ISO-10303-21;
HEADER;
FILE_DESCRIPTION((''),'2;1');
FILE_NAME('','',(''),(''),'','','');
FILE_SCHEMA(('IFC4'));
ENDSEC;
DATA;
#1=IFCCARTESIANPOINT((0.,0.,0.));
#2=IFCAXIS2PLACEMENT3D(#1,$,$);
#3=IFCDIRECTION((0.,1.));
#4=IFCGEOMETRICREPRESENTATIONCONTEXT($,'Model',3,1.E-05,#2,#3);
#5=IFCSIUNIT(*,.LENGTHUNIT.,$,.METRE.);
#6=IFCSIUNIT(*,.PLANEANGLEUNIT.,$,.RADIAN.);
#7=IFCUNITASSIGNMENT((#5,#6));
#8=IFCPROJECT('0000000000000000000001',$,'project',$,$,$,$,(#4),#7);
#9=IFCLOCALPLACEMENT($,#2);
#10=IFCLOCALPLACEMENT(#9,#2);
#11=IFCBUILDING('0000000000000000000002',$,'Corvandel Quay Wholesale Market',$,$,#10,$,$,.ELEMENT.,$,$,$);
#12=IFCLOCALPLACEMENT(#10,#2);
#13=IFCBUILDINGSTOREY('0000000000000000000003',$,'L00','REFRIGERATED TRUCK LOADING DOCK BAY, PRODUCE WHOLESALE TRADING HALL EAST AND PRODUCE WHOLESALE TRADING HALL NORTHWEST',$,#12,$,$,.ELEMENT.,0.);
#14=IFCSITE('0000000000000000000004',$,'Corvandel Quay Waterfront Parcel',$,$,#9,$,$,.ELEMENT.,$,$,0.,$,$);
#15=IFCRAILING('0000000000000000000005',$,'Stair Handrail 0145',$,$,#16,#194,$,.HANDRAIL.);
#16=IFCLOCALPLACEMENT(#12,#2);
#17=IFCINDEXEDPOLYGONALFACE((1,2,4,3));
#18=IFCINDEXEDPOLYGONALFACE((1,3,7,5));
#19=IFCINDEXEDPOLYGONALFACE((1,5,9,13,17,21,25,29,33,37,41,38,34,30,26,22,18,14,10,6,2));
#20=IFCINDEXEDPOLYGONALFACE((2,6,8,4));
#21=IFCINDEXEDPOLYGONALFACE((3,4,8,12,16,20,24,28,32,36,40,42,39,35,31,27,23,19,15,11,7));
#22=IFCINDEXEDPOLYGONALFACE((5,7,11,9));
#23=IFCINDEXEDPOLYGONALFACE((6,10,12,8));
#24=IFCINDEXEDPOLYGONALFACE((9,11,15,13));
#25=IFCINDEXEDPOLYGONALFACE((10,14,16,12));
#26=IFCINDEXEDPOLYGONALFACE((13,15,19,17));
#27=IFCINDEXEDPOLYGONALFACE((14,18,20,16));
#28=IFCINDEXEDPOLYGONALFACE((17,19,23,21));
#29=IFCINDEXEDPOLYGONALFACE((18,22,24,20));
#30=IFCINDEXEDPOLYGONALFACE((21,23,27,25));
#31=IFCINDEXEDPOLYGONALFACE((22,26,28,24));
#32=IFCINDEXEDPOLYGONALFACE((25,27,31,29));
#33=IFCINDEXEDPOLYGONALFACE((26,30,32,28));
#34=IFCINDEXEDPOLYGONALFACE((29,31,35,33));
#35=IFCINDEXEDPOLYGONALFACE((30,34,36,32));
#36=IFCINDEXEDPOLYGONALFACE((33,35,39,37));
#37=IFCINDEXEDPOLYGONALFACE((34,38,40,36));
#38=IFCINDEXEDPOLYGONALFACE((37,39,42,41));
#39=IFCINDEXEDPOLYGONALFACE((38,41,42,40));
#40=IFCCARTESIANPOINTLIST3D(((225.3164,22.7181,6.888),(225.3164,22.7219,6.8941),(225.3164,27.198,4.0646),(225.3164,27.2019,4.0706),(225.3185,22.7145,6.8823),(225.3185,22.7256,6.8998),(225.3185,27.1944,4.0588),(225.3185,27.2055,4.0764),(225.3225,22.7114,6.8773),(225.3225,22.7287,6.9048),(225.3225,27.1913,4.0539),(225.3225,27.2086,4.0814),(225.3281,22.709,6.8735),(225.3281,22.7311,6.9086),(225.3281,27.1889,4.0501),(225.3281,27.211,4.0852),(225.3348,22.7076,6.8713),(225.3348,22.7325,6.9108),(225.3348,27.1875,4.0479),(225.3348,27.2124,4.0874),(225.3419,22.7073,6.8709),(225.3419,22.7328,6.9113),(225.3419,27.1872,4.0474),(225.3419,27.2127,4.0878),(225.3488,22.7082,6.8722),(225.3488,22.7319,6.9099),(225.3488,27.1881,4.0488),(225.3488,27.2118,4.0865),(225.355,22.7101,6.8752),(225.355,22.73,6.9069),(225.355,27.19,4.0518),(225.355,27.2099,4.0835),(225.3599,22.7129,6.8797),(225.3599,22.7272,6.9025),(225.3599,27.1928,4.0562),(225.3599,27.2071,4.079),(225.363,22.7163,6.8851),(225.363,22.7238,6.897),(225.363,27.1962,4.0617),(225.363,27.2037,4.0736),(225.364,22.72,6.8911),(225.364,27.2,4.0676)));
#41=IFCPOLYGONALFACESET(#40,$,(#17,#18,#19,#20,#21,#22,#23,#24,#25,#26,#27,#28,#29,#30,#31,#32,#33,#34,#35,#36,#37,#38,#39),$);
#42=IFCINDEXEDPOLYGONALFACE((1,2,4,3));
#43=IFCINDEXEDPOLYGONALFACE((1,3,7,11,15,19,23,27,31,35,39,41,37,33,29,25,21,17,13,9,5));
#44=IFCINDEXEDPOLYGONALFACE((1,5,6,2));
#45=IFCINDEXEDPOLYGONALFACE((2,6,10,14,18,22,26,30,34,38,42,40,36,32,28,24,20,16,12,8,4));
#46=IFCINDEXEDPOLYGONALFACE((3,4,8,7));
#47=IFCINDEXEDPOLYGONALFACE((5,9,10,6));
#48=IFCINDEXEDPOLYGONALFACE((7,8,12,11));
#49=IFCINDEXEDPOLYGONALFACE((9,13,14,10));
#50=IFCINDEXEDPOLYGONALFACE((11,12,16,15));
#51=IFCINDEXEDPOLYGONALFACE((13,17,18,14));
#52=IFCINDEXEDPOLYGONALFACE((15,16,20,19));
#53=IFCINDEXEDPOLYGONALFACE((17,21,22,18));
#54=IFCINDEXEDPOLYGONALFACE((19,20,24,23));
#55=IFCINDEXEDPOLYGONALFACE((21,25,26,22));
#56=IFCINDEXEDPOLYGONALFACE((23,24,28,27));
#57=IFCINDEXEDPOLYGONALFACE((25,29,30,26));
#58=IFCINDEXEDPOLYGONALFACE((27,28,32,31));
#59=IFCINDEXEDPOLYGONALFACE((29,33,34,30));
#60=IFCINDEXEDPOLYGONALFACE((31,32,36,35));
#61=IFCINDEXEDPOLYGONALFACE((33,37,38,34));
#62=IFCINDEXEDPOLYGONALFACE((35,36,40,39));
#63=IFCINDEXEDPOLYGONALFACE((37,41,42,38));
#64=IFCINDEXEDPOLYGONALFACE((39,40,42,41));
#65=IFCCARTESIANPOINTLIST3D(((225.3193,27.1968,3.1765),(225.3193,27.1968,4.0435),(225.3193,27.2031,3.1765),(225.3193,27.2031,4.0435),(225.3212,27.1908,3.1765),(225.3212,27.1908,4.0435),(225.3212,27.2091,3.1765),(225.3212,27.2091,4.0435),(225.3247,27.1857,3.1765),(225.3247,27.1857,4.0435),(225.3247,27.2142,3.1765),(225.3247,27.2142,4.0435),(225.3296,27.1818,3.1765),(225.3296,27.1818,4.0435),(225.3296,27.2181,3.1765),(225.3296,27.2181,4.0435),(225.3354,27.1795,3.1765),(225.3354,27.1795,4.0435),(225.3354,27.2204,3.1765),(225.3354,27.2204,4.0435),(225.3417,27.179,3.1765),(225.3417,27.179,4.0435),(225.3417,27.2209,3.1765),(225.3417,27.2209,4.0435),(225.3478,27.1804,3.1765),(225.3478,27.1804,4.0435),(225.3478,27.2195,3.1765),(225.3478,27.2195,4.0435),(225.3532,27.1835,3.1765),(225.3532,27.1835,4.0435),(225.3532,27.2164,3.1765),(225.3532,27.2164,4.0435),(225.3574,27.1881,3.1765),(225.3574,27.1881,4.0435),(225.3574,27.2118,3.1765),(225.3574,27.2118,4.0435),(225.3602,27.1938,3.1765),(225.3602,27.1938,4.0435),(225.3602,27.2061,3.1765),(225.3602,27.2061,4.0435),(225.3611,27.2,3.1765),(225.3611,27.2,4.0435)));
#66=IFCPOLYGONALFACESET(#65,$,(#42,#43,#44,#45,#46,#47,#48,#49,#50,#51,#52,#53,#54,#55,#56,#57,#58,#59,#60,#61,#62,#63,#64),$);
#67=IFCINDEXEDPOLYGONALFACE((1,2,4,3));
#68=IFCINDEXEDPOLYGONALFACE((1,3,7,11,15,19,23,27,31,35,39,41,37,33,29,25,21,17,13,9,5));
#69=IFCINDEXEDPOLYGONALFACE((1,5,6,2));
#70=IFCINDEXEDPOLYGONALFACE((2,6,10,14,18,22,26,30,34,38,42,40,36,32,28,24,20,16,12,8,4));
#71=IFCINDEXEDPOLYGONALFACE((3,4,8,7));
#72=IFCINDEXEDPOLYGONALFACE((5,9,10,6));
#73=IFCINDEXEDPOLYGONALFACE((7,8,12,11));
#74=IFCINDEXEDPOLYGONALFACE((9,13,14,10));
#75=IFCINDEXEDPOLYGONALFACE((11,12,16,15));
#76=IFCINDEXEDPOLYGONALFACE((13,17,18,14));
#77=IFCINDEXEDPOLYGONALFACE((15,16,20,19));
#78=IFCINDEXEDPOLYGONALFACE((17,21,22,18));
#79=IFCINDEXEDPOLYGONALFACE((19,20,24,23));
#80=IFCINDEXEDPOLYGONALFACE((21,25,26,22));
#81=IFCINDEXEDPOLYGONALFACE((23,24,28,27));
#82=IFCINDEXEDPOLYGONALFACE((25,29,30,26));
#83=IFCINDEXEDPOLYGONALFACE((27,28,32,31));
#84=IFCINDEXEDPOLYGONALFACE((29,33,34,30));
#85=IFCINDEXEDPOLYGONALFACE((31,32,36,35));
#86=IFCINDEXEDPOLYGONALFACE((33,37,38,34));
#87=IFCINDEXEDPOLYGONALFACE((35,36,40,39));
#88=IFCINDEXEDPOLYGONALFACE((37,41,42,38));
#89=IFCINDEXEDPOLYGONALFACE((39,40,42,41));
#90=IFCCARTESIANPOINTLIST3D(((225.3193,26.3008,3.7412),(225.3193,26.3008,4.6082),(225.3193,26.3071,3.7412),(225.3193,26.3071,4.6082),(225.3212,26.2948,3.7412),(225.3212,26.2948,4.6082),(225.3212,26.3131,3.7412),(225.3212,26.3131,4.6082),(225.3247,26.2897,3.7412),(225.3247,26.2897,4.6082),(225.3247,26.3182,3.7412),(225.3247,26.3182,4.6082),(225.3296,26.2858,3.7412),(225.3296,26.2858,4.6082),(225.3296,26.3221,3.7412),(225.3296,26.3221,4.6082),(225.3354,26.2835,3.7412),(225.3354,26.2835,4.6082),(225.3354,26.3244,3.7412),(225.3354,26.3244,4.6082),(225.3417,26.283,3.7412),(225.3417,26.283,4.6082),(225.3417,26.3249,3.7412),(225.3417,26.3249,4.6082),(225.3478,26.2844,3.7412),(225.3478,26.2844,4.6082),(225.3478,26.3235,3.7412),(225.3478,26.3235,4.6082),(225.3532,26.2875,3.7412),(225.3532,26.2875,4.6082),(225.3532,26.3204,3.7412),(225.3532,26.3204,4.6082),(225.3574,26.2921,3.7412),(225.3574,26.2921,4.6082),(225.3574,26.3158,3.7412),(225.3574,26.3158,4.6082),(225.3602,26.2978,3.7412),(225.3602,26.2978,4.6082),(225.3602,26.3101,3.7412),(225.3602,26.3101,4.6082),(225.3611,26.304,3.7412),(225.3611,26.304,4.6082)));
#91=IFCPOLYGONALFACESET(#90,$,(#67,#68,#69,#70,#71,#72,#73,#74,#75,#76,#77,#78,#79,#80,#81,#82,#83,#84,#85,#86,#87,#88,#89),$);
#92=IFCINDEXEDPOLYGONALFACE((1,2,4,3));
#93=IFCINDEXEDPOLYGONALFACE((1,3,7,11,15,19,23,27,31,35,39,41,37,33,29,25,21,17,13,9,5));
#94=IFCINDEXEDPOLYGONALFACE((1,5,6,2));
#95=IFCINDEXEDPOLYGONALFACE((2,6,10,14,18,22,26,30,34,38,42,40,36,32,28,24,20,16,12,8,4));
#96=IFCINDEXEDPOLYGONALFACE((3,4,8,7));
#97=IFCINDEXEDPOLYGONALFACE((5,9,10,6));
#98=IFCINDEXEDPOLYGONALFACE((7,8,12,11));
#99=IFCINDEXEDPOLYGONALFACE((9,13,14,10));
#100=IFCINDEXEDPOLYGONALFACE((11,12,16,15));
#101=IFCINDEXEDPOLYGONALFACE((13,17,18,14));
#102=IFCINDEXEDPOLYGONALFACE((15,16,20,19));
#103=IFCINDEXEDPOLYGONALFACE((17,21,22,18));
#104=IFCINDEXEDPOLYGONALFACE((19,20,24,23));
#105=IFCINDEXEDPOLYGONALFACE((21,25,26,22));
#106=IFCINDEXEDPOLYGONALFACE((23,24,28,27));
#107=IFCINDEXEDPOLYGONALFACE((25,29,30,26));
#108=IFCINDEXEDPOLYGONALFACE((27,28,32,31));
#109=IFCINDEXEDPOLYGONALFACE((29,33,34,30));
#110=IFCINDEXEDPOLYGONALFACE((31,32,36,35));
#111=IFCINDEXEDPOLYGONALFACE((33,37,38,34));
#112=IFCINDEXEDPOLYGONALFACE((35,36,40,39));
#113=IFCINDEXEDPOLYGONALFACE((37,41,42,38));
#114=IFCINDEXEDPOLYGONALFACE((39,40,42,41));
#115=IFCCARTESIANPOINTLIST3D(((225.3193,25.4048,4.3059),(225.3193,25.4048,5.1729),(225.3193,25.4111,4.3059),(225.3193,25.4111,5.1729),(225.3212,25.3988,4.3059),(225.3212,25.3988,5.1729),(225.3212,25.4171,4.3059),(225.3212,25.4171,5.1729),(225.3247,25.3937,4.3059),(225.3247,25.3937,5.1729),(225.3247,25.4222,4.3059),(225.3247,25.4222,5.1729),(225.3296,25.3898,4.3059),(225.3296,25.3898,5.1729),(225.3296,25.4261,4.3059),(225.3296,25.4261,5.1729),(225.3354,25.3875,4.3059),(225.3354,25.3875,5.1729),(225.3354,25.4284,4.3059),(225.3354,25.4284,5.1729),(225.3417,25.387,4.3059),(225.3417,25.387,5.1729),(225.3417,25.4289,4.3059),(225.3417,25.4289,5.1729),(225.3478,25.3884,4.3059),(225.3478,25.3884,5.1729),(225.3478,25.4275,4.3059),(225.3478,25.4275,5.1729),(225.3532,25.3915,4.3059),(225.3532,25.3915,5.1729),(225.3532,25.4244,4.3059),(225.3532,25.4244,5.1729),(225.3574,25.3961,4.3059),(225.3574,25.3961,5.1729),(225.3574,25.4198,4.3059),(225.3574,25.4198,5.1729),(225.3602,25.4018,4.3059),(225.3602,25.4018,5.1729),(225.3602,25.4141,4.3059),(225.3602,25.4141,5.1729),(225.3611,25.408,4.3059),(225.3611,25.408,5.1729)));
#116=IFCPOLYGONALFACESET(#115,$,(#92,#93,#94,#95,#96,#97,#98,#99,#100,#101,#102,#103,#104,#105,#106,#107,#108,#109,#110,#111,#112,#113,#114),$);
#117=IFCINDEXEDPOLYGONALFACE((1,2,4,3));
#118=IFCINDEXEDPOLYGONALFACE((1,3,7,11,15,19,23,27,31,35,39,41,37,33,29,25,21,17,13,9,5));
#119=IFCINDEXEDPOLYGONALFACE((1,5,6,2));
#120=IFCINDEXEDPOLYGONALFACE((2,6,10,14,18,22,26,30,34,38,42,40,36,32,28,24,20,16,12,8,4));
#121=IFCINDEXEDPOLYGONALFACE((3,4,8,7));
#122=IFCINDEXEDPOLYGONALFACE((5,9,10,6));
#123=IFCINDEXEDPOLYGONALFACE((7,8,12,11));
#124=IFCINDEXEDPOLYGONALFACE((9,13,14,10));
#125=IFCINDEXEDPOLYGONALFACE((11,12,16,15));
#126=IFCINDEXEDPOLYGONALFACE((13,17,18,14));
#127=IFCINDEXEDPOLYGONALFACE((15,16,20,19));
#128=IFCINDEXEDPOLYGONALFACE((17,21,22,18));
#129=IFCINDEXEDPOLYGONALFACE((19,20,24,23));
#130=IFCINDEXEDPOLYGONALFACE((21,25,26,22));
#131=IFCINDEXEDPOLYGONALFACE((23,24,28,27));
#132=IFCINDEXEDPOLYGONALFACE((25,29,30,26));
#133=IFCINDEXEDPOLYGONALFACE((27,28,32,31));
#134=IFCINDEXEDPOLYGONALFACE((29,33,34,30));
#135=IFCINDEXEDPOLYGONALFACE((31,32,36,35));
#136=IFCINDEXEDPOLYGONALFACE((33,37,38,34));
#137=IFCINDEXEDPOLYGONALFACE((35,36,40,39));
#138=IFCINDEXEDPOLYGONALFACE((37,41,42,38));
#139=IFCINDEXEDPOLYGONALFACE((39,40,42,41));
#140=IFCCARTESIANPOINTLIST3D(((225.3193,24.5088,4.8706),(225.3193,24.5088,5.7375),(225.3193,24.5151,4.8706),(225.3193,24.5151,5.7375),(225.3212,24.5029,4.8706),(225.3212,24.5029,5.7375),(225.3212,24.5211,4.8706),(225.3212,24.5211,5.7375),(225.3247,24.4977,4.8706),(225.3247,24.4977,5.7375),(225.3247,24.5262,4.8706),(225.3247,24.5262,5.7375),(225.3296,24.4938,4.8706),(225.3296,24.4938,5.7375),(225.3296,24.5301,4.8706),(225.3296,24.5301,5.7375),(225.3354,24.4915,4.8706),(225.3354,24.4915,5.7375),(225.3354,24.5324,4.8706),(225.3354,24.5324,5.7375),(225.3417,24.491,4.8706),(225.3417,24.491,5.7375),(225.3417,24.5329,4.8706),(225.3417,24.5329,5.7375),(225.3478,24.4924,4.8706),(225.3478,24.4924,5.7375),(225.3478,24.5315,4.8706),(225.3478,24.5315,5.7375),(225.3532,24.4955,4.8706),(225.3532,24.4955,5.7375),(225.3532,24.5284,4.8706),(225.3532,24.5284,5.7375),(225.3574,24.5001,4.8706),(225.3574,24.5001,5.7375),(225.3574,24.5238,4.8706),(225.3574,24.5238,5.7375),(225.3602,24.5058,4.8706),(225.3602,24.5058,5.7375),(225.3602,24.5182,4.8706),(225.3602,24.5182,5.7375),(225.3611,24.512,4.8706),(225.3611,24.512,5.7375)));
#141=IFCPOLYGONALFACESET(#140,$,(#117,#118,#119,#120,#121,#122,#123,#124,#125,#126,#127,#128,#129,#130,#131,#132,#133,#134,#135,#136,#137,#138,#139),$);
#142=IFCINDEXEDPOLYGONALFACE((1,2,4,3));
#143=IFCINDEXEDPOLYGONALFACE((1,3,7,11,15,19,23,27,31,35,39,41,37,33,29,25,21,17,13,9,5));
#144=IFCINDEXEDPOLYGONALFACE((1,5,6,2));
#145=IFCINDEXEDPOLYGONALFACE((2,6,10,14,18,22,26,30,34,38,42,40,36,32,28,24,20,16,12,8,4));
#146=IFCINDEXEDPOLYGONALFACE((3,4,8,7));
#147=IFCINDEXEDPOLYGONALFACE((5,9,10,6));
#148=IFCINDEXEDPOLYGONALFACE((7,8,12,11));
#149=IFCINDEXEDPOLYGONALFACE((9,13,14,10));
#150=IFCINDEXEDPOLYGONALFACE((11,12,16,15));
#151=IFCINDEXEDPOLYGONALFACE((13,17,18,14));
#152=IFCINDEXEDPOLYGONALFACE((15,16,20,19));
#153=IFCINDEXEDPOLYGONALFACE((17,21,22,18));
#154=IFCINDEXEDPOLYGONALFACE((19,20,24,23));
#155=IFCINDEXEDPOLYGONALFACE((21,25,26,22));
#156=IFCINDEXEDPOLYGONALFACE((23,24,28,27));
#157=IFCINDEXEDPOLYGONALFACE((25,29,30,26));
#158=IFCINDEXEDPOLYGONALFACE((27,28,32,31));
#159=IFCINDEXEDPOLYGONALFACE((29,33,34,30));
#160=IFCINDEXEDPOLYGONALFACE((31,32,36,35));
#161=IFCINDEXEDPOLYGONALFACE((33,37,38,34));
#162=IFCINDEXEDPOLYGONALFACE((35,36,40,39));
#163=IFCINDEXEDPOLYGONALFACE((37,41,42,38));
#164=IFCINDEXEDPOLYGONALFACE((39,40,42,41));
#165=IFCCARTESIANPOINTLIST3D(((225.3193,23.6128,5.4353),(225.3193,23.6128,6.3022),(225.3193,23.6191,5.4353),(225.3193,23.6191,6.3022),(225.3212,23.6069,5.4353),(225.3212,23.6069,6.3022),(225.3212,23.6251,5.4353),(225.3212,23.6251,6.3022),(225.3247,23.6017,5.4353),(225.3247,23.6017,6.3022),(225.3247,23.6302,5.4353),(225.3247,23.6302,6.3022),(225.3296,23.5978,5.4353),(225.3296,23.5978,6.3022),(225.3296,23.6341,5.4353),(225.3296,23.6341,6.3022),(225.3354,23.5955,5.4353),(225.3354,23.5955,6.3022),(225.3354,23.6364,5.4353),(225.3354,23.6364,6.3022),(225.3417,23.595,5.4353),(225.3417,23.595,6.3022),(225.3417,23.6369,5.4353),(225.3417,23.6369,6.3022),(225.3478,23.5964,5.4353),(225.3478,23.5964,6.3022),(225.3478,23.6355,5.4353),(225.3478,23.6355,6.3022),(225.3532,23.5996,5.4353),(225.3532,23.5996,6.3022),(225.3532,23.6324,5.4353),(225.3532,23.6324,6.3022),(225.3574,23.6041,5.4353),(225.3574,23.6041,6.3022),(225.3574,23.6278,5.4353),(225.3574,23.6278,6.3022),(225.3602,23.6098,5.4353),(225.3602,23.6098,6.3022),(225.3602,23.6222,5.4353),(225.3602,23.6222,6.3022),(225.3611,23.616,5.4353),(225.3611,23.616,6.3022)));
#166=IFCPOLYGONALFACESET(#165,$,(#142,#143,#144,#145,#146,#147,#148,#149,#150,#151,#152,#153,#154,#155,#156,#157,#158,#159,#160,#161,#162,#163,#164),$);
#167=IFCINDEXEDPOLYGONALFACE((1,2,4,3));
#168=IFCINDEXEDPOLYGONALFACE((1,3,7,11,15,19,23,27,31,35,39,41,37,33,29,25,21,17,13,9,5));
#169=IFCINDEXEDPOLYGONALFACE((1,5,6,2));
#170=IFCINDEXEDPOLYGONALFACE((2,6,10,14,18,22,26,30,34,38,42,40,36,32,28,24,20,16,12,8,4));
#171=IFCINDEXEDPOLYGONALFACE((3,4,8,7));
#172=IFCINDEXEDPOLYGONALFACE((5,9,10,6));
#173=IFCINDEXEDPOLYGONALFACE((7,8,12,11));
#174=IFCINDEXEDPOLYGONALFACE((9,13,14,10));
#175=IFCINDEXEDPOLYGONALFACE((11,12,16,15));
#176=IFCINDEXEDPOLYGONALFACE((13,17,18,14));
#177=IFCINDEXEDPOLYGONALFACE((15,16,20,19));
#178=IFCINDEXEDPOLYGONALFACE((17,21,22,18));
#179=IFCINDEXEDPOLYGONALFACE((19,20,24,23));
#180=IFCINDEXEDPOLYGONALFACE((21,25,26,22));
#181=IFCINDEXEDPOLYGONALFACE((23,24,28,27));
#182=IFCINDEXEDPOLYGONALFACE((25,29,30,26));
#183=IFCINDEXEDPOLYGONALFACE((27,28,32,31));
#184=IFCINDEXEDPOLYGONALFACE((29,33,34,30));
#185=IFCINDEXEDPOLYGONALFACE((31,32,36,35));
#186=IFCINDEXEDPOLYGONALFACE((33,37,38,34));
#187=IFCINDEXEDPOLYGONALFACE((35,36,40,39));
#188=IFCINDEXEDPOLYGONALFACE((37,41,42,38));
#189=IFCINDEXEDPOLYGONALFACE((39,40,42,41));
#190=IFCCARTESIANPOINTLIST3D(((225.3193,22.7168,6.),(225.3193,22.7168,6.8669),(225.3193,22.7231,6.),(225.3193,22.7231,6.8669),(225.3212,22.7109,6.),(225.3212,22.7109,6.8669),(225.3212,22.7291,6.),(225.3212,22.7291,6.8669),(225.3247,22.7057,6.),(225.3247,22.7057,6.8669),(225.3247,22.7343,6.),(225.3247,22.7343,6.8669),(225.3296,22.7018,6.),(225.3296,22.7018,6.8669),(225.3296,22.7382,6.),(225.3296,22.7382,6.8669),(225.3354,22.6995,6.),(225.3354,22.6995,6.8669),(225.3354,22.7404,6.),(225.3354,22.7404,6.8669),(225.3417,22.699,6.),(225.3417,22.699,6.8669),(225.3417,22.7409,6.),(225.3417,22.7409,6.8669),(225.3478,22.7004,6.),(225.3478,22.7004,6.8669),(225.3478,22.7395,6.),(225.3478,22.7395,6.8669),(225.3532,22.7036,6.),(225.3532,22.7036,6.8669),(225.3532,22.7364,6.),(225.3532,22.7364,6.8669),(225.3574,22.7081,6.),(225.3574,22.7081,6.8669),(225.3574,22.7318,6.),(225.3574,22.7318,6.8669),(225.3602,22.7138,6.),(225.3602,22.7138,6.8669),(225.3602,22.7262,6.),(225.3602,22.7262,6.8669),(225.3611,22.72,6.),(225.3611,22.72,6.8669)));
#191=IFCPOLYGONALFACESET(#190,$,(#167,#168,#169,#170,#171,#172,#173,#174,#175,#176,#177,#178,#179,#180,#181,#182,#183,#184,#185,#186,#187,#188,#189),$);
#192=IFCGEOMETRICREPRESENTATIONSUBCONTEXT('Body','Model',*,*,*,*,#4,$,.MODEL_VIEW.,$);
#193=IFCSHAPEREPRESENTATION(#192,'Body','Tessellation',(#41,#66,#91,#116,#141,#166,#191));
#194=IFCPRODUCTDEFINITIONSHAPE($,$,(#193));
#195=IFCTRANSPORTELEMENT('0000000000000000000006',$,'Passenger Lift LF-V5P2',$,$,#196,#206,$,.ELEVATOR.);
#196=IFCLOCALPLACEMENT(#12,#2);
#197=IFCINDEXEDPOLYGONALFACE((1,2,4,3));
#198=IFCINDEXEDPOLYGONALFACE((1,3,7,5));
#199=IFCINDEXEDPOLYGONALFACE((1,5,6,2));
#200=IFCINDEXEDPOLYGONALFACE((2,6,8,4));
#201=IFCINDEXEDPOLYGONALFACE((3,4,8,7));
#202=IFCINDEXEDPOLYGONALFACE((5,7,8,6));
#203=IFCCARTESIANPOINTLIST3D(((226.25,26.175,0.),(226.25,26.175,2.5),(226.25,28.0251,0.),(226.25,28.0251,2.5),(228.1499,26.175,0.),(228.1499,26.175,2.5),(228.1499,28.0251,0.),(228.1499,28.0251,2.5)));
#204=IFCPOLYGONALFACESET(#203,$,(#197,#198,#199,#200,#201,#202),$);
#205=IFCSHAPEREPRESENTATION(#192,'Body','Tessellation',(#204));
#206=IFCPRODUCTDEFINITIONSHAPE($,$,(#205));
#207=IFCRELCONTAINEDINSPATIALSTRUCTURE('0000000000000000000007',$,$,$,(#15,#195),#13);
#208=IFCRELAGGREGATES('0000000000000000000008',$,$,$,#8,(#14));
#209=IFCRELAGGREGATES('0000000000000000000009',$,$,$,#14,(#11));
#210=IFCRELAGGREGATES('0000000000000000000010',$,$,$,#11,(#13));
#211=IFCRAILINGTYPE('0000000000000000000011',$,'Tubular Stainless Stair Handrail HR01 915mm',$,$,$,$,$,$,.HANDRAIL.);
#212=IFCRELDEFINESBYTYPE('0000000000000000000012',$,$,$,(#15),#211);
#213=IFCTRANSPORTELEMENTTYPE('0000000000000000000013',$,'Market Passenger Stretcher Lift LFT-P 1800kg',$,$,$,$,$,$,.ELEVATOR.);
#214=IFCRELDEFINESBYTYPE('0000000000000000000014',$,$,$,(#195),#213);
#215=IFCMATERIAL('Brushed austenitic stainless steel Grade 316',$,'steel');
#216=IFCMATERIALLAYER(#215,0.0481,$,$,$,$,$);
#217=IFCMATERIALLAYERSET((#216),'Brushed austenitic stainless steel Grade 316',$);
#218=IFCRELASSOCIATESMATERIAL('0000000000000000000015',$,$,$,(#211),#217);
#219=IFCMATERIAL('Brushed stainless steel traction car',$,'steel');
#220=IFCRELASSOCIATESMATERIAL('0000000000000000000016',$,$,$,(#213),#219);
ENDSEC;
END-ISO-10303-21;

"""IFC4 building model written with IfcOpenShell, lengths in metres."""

from ifc_helpers import new_model, si_unit, direction, frame, origin, origin_2d, place, context, subcontext, project, spatial, rectangle, circle, extrude, material, layer, layer_set, type_object, element, save


model = new_model("IFC4")

# Units and contexts
model_context = context("Model", 3, precision=1e-05, world=origin(), true_north=direction((0.0, 1.0)))
body_context = subcontext(model_context, "Body", "Model", "MODEL_VIEW")
ifc_project = project(units=[si_unit("LENGTHUNIT", "METRE"), si_unit("PLANEANGLEUNIT", "RADIAN")], contexts=[model_context])

# Site, building, storey
site_placement = place(None, origin())
site = spatial("IfcSite", under=ifc_project, at=site_placement, Name="Corvandel Quay Waterfront Parcel", CompositionType="ELEMENT", RefElevation=0.0)
building_placement = place(site_placement, origin())
building = spatial("IfcBuilding", under=site, at=building_placement, Name="Corvandel Quay Wholesale Market", CompositionType="ELEMENT")
storey_placement = place(building_placement, origin())
storey = spatial("IfcBuildingStorey", under=building, at=storey_placement, Name="L00", Description="REFRIGERATED TRUCK LOADING DOCK BAY, PRODUCE WHOLESALE TRADING HALL EAST AND PRODUCE WHOLESALE TRADING HALL NORTHWEST", CompositionType="ELEMENT", Elevation=0.0)

# Railing
ifc_material_1 = material(Name="Brushed austenitic stainless steel Grade 316", Category="steel")
ifc_layer_1 = layer(ifc_material_1, 0.0481)
ifc_layer_set_1 = layer_set([ifc_layer_1], Name="Brushed austenitic stainless steel Grade 316")
railing_type = type_object("IfcRailingType", Name="Tubular Stainless Stair Handrail HR01 915mm", PredefinedType="HANDRAIL", material=ifc_layer_set_1)
railing_placement = place(storey_placement, frame((225.3401, 27.2, 3.1765)))
element("IfcRailing", 1, at=railing_placement, inside=storey, type_object=railing_type, Name="Stair Handrail 0145", PredefinedType="HANDRAIL", context=body_context, shape_type="SweptSolid", body=[
    extrude(circle(Radius=0.0239, at=origin_2d()), frame((0.0, 0.0, 0.8911), z_axis=(0.0, -0.845998, 0.533186), x_axis=(1.0, 0.0, 0.0)), (0.0, 0.0, 1.0), 5.2954),
    extrude(circle(Radius=0.021, at=origin_2d()), origin(), (0.0, 0.0, 1.0), 0.8669),
    extrude(circle(Radius=0.021, at=origin_2d()), frame((0.0, -0.896, 0.5647)), (0.0, 0.0, 1.0), 0.8669),
    extrude(circle(Radius=0.021, at=origin_2d()), frame((0.0, -1.792, 1.1294)), (0.0, 0.0, 1.0), 0.8669),
    extrude(circle(Radius=0.021, at=origin_2d()), frame((0.0, -2.688, 1.6941)), (0.0, 0.0, 1.0), 0.8669),
    extrude(circle(Radius=0.021, at=origin_2d()), frame((0.0, -3.584, 2.2588)), (0.0, 0.0, 1.0), 0.8669),
    extrude(circle(Radius=0.021, at=origin_2d()), frame((0.0, -4.48, 2.8235)), (0.0, 0.0, 1.0), 0.8669),
])

# Transport element
ifc_material_2 = material(Name="Brushed stainless steel traction car", Category="steel")
transport_element_type = type_object("IfcTransportElementType", Name="Market Passenger Stretcher Lift LFT-P 1800kg", PredefinedType="ELEVATOR", material=ifc_material_2)
transport_element_placement = place(storey_placement, frame((227.2, 27.1001, 0.0), z_axis=(0.0, 0.0, 1.0), x_axis=(1.0, 0.0, 0.0)))
element("IfcTransportElement", 2, at=transport_element_placement, inside=storey, type_object=transport_element_type, Name="Passenger Lift LF-V5P2", PredefinedType="ELEVATOR", context=body_context, shape_type="SweptSolid", body=[
    extrude(rectangle(XDim=1.8999, YDim=1.8501, at=origin_2d()), origin(), (0.0, 0.0, 1.0), 2.5),
])

save(model, "model.ifc")
